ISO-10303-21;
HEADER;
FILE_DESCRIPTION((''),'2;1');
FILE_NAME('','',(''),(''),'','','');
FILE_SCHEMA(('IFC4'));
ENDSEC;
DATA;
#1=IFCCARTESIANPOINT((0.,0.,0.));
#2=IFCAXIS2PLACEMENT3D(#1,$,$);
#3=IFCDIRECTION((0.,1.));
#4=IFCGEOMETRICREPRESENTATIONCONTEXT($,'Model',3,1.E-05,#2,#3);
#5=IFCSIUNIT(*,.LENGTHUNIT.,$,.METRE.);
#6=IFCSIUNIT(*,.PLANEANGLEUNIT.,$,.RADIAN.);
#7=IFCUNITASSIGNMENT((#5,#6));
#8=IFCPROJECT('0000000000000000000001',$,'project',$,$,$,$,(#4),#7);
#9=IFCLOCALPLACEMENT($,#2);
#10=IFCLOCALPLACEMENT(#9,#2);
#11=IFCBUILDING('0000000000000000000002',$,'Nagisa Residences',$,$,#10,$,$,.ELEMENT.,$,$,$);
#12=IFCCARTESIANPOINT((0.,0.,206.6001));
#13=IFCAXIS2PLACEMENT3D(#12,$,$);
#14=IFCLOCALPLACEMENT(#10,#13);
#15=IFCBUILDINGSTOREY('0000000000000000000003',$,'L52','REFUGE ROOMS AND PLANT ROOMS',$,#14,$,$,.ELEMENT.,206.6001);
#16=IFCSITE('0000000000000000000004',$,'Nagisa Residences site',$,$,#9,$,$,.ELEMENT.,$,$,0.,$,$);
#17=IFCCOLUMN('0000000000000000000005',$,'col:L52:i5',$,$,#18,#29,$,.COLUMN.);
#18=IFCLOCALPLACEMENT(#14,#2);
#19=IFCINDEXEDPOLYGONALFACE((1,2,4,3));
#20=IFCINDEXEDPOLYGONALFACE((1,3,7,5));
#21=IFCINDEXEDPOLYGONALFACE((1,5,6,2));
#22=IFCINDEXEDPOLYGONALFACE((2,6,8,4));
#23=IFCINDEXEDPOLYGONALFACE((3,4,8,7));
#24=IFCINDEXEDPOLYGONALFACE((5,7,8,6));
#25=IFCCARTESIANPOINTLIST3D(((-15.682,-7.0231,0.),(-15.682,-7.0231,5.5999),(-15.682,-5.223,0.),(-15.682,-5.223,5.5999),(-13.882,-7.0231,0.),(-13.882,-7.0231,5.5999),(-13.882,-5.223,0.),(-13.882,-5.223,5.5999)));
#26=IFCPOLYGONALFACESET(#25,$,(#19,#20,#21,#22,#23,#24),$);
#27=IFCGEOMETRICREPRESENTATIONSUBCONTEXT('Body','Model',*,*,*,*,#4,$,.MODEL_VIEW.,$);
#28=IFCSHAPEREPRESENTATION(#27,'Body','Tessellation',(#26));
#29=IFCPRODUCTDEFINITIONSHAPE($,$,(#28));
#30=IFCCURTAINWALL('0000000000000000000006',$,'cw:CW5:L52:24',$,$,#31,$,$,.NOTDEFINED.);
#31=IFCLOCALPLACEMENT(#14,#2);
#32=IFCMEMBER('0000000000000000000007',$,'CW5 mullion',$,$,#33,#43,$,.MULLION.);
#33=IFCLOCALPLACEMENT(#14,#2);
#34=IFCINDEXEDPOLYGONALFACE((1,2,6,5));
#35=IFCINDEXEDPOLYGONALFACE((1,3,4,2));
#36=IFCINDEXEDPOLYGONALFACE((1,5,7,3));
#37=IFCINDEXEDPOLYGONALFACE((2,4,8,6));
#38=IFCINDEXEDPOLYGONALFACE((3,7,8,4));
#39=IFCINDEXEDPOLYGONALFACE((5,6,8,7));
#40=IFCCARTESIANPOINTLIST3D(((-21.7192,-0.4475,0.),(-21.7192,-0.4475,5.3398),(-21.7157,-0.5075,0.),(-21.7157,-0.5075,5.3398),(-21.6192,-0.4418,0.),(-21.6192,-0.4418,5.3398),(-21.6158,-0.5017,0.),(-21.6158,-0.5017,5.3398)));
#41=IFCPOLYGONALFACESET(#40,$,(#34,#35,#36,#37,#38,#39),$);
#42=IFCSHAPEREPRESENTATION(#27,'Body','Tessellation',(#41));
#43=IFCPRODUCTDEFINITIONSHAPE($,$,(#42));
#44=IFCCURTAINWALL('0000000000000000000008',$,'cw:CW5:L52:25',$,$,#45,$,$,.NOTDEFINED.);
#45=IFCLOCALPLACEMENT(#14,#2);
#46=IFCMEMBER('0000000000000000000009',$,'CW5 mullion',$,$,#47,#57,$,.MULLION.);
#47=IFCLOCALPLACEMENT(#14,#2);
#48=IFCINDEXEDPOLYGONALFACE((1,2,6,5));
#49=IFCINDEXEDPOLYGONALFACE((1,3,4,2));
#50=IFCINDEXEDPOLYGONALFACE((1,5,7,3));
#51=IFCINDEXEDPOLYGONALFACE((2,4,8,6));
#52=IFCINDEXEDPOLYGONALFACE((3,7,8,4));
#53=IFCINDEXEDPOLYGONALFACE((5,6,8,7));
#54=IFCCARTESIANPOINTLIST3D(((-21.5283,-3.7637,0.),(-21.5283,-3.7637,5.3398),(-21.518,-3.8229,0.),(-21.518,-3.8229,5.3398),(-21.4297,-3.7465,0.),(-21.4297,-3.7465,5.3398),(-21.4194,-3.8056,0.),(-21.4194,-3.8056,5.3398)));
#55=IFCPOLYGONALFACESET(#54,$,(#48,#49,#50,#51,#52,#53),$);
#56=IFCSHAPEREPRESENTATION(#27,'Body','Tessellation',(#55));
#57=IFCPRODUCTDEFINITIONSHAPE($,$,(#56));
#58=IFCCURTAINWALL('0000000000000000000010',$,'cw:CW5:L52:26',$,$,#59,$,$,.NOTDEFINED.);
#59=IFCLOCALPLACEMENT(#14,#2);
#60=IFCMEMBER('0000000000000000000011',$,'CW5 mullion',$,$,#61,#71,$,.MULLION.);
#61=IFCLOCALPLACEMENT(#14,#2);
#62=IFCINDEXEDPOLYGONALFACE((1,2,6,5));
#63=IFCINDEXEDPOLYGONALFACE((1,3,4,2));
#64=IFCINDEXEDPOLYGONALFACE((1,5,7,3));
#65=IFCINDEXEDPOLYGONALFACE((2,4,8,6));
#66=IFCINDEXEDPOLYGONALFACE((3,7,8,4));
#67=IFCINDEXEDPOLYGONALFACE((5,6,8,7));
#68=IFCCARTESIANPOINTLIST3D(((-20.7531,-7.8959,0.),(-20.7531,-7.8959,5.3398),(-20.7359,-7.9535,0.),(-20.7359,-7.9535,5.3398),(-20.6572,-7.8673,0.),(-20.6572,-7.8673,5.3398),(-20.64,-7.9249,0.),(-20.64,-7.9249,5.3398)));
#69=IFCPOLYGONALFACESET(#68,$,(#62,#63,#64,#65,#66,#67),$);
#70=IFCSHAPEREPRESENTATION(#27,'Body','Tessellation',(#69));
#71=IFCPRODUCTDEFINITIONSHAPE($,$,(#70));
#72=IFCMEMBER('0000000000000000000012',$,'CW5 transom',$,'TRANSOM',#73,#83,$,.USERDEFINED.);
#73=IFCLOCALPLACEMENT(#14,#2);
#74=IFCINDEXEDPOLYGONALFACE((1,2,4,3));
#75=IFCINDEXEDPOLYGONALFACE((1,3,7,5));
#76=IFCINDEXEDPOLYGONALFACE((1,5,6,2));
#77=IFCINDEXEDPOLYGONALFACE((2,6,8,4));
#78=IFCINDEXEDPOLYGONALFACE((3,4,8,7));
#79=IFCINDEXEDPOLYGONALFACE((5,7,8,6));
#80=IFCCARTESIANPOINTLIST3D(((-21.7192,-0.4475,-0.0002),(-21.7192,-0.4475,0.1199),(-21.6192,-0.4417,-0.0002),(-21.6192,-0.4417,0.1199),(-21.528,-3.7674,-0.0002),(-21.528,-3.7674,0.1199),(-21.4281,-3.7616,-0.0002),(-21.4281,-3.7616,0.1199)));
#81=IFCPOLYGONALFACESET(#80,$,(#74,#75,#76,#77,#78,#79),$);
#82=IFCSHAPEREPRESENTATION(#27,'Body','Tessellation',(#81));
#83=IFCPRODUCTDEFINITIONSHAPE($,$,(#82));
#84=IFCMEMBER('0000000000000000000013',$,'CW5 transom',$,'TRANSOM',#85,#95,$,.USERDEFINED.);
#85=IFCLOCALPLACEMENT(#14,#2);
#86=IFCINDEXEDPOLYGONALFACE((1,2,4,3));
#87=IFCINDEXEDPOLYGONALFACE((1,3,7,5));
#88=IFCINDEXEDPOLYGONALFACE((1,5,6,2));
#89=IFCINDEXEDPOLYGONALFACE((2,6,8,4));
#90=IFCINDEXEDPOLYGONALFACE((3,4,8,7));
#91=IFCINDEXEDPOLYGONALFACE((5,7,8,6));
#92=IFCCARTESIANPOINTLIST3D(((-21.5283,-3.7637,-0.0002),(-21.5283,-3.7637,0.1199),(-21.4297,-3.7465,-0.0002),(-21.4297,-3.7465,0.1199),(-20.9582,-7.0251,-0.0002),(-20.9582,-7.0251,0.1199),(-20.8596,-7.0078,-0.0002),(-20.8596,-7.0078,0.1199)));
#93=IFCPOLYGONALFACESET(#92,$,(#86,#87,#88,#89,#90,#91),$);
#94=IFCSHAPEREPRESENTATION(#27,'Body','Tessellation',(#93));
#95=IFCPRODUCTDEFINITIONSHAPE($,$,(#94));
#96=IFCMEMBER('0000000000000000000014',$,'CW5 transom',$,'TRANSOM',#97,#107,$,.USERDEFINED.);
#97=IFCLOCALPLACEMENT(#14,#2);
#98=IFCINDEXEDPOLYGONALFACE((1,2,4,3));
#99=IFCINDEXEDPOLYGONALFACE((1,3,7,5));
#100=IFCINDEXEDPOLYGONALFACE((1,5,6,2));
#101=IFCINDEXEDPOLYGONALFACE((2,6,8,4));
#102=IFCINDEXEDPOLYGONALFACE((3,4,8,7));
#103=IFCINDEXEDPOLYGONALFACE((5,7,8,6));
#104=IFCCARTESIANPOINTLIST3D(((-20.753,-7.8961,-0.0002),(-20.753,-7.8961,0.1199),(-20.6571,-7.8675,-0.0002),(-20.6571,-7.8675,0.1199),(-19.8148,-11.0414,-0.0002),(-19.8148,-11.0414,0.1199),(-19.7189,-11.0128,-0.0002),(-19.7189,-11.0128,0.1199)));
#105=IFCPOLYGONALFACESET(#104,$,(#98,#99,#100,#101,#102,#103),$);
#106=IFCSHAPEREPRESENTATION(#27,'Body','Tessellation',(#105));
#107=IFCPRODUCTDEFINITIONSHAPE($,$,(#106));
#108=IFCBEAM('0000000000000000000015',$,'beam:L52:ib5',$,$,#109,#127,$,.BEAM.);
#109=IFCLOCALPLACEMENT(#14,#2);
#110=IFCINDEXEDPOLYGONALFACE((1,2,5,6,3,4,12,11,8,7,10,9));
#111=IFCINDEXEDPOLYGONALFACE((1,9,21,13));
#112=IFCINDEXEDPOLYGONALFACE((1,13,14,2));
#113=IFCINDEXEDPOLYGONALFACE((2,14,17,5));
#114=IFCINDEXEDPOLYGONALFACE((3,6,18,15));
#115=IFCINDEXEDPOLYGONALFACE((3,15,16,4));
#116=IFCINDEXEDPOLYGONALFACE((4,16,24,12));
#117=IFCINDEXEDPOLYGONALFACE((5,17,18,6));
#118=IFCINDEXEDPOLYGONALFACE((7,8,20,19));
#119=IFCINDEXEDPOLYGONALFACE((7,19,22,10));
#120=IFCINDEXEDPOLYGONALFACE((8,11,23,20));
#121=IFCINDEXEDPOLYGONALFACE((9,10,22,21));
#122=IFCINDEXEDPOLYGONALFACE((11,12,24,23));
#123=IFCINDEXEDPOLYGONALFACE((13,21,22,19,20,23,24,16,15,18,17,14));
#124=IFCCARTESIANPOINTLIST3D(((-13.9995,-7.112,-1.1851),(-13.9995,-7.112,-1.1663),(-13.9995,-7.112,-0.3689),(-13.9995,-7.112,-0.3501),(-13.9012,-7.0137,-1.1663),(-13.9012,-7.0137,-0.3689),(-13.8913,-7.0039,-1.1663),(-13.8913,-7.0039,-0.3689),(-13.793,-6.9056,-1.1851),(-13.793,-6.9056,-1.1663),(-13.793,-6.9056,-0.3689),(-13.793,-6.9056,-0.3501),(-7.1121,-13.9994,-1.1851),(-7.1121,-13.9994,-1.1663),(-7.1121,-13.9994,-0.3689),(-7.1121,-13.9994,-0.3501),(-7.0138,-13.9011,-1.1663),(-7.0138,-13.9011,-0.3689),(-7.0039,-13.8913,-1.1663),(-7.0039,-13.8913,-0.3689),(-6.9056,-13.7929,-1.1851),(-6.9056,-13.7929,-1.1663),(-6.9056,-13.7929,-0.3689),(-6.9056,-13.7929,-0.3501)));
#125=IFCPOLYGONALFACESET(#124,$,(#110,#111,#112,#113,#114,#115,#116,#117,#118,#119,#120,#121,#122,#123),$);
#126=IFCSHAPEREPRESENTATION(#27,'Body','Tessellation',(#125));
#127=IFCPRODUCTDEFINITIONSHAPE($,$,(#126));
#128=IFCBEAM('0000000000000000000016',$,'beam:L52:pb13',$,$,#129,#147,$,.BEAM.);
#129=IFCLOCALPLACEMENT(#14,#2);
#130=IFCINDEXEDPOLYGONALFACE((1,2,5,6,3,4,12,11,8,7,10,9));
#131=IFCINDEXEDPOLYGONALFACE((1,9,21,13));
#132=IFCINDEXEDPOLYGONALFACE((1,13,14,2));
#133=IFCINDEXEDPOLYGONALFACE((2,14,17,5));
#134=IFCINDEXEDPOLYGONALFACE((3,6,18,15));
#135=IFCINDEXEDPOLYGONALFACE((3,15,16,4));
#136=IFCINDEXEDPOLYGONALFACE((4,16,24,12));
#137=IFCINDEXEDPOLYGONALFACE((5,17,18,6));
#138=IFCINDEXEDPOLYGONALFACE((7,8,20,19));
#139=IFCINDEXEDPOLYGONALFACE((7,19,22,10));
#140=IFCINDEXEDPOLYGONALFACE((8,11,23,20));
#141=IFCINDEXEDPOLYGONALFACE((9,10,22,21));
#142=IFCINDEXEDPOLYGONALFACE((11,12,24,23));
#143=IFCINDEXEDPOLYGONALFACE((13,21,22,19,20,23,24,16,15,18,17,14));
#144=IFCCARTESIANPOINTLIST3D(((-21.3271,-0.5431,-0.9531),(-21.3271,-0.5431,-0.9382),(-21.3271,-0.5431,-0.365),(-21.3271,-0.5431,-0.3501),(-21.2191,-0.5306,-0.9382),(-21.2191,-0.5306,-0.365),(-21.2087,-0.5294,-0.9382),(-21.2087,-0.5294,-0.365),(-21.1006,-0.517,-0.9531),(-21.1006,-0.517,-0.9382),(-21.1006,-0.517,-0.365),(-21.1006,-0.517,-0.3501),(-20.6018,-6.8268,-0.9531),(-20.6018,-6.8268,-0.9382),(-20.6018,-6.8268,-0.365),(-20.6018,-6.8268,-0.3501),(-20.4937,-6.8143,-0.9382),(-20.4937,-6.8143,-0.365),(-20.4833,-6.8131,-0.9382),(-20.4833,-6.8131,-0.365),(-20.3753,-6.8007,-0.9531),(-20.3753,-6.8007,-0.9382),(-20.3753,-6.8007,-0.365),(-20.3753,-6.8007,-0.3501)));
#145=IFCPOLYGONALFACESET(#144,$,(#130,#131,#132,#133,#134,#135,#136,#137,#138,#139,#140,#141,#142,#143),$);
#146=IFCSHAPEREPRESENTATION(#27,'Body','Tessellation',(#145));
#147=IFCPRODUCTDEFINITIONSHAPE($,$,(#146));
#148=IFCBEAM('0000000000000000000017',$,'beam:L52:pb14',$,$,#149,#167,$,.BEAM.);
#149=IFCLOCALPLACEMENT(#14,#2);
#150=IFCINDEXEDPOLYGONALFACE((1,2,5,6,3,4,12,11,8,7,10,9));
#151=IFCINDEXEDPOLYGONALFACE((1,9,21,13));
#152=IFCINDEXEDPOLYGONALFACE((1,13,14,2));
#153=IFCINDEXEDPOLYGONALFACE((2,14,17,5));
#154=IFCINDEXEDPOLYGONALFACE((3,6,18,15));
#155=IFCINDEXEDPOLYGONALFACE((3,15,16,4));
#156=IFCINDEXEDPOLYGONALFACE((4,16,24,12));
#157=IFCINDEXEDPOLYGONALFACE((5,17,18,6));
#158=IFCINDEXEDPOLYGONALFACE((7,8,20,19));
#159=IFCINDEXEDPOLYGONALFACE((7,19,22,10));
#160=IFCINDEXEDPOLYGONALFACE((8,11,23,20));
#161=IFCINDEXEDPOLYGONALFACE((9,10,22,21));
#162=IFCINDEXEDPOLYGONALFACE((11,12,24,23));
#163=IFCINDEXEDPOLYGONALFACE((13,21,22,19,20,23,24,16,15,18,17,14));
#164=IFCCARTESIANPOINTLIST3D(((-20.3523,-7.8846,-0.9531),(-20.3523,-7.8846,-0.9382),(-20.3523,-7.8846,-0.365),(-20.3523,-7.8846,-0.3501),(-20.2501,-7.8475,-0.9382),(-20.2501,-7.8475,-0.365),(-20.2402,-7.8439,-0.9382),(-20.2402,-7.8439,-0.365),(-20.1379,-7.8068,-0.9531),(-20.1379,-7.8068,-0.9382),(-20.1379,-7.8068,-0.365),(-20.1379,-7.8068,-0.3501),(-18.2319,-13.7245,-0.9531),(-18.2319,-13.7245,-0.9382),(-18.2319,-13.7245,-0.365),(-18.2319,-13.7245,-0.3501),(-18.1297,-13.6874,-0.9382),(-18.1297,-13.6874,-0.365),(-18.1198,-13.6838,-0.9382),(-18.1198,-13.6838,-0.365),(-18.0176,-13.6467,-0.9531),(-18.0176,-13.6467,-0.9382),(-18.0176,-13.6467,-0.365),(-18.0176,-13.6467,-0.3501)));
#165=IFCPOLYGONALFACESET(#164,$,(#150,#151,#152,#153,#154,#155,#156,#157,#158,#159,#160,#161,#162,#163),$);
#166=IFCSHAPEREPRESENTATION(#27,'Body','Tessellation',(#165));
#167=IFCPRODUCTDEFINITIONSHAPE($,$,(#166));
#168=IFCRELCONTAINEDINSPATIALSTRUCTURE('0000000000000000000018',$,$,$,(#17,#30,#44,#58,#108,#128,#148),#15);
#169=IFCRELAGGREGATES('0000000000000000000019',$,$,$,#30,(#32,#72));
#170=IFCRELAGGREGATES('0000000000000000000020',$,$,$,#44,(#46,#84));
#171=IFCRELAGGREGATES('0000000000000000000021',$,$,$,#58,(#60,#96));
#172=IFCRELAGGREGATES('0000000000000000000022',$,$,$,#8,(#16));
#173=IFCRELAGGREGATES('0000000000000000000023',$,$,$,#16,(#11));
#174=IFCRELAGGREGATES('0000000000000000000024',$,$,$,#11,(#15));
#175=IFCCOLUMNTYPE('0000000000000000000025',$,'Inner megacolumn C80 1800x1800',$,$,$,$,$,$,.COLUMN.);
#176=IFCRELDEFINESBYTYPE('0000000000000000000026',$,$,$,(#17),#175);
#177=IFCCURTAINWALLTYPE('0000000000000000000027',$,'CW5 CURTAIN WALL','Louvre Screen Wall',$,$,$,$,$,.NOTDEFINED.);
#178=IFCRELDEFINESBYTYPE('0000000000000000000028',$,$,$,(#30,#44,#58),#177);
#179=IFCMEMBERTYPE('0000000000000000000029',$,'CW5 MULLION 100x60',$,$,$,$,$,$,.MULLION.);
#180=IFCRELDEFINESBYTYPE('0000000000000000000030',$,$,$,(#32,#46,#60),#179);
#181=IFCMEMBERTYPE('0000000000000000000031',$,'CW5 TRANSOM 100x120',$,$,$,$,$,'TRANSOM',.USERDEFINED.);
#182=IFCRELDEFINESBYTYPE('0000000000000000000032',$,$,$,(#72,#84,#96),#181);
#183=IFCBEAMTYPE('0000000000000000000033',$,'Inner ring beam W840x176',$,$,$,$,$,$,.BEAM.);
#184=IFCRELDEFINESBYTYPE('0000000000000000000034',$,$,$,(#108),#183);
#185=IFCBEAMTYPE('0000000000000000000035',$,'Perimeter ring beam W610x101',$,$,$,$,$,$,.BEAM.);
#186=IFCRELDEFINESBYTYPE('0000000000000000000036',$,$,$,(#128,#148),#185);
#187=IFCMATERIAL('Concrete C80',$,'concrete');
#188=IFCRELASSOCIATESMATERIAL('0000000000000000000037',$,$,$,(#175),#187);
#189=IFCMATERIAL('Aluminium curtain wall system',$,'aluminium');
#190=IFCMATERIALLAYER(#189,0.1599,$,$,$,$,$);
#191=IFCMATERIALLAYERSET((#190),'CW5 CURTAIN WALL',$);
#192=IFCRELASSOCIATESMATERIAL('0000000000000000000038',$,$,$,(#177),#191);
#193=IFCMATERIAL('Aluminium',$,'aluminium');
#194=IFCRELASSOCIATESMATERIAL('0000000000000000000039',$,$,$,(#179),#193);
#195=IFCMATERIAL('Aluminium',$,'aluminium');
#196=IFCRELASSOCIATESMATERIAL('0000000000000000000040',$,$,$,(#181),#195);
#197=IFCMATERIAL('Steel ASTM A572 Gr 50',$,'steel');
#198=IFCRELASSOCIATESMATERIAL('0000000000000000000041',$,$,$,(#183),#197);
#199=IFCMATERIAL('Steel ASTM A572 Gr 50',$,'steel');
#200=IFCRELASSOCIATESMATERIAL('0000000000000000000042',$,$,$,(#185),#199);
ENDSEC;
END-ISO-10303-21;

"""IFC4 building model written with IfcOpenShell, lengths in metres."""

from ifc_helpers import new_model, si_unit, direction, frame, origin, origin_2d, place, context, subcontext, project, spatial, rectangle, i_section, extrude, material, layer, layer_set, material_profile, profile_set, type_object, element, aggregate, save


model = new_model("IFC4")

# Units and contexts
model_context = context("Model", 3, precision=1e-05, world=origin(), true_north=direction((0.0, 1.0)))
body_context = subcontext(model_context, "Body", "Model", "MODEL_VIEW")
ifc_project = project(units=[si_unit("LENGTHUNIT", "METRE"), si_unit("PLANEANGLEUNIT", "RADIAN")], contexts=[model_context])

# Site, building, storey
site_placement = place(None, origin())
site = spatial("IfcSite", under=ifc_project, at=site_placement, Name="Nagisa Residences site", CompositionType="ELEMENT", RefElevation=0.0)
building_placement = place(site_placement, origin())
building = spatial("IfcBuilding", under=site, at=building_placement, Name="Nagisa Residences", CompositionType="ELEMENT")
storey_placement = place(building_placement, frame((0.0, 0.0, 206.6001)))
storey = spatial("IfcBuildingStorey", under=building, at=storey_placement, Name="L52", Description="REFUGE ROOMS AND PLANT ROOMS", CompositionType="ELEMENT", Elevation=206.6001)

# Column
ifc_material_1 = material(Name="Concrete C80", Category="concrete")
ifc_material_profile_1 = material_profile(ifc_material_1, rectangle(XDim=1.8, YDim=1.8, at=origin_2d()), Name="C80 1800x1800")
ifc_profile_set_1 = profile_set([ifc_material_profile_1], Name="Concrete C80")
column_type = type_object("IfcColumnType", Name="Inner megacolumn C80 1800x1800", PredefinedType="COLUMN", material=ifc_profile_set_1)
column_placement = place(storey_placement, frame((-14.782, -6.123, 0.0), z_axis=(0.0, 0.0, 1.0), x_axis=(1.0, 0.0, 0.0)))
element("IfcColumn", 1, at=column_placement, inside=storey, type_object=column_type, Name="col:L52:i5", PredefinedType="COLUMN", context=body_context, shape_type="SweptSolid", body=[
    extrude(rectangle(XDim=1.8, YDim=1.8, at=origin_2d()), origin(), (0.0, 0.0, 1.0), 5.5999),
])

# Curtain walls, members
ifc_material_2 = material(Name="Aluminium curtain wall system", Category="aluminium")
ifc_layer_1 = layer(ifc_material_2, 0.1599)
ifc_layer_set_1 = layer_set([ifc_layer_1], Name="CW5 CURTAIN WALL")
curtain_wall_type = type_object("IfcCurtainWallType", Name="CW5 CURTAIN WALL", Description="Louvre Screen Wall", PredefinedType="NOTDEFINED", material=ifc_layer_set_1)
curtain_wall_1_placement = place(storey_placement, origin())
curtain_wall_1 = element("IfcCurtainWall", 2, at=curtain_wall_1_placement, inside=storey, type_object=curtain_wall_type, Name="cw:CW5:L52:24", PredefinedType="NOTDEFINED")
ifc_material_3 = material(Name="Aluminium", Category="aluminium")
ifc_material_profile_2 = material_profile(ifc_material_3, rectangle(XDim=0.1001, YDim=0.0601, at=origin_2d()), Name="CW5 MULLION 100x60")
ifc_profile_set_2 = profile_set([ifc_material_profile_2], Name="Aluminium")
member_type_1 = type_object("IfcMemberType", Name="CW5 MULLION 100x60", PredefinedType="MULLION", material=ifc_profile_set_2)
member_1_placement = place(storey_placement, frame((-21.6675, -0.4746, 0.0), z_axis=(0.0, 0.0, 1.0), x_axis=(0.998345, 0.057503, 0.0)))
member_1 = element("IfcMember", 3, at=member_1_placement, type_object=member_type_1, Name="CW5 mullion", PredefinedType="MULLION", context=body_context, shape_type="SweptSolid", body=[
    extrude(rectangle(XDim=0.1001, YDim=0.0601, at=origin_2d()), origin(), (0.0, 0.0, 1.0), 5.3398),
])
curtain_wall_2_placement = place(storey_placement, origin())
curtain_wall_2 = element("IfcCurtainWall", 4, at=curtain_wall_2_placement, inside=storey, type_object=curtain_wall_type, Name="cw:CW5:L52:25", PredefinedType="NOTDEFINED")
member_2_placement = place(storey_placement, frame((-21.4739, -3.7847, 0.0), z_axis=(0.0, 0.0, 1.0), x_axis=(0.985064, 0.172191, 0.0)))
member_2 = element("IfcMember", 5, at=member_2_placement, type_object=member_type_1, Name="CW5 mullion", PredefinedType="MULLION", context=body_context, shape_type="SweptSolid", body=[
    extrude(rectangle(XDim=0.1001, YDim=0.0601, at=origin_2d()), origin(), (0.0, 0.0, 1.0), 5.3398),
])
curtain_wall_3_placement = place(storey_placement, origin())
curtain_wall_3 = element("IfcCurtainWall", 6, at=curtain_wall_3_placement, inside=storey, type_object=curtain_wall_type, Name="cw:CW5:L52:26", PredefinedType="NOTDEFINED")
member_3_placement = place(storey_placement, frame((-20.6965, -7.9104, 0.0), z_axis=(0.0, 0.0, 1.0), x_axis=(0.958271, 0.28586, 0.0)))
member_3 = element("IfcMember", 7, at=member_3_placement, type_object=member_type_1, Name="CW5 mullion", PredefinedType="MULLION", context=body_context, shape_type="SweptSolid", body=[
    extrude(rectangle(XDim=0.1001, YDim=0.0601, at=origin_2d()), origin(), (0.0, 0.0, 1.0), 5.3398),
])

# Members
ifc_material_4 = material(Name="Aluminium", Category="aluminium")
ifc_material_profile_3 = material_profile(ifc_material_4, rectangle(XDim=0.1001, YDim=0.1201, at=origin_2d()), Name="CW5 TRANSOM 100x120")
ifc_profile_set_3 = profile_set([ifc_material_profile_3], Name="Aluminium")
member_type_2 = type_object("IfcMemberType", Name="CW5 TRANSOM 100x120", ElementType="TRANSOM", PredefinedType="USERDEFINED", material=ifc_profile_set_3)
member_4_placement = place(storey_placement, frame((-21.6692, -0.4446, 0.0598), z_axis=(0.057487, -0.998346, 0.0), x_axis=(0.998346, 0.057487, 0.0)))
member_4 = element("IfcMember", 8, at=member_4_placement, type_object=member_type_2, Name="CW5 transom", ObjectType="TRANSOM", PredefinedType="USERDEFINED", context=body_context, shape_type="SweptSolid", body=[
    extrude(rectangle(XDim=0.1001, YDim=0.1201, at=origin_2d()), origin(), (0.0, 0.0, 1.0), 3.3254),
])
member_5_placement = place(storey_placement, frame((-21.479, -3.7551, 0.0598), z_axis=(0.172191, -0.985064, 0.0), x_axis=(0.985064, 0.172191, 0.0)))
member_5 = element("IfcMember", 9, at=member_5_placement, type_object=member_type_2, Name="CW5 transom", ObjectType="TRANSOM", PredefinedType="USERDEFINED", context=body_context, shape_type="SweptSolid", body=[
    extrude(rectangle(XDim=0.1001, YDim=0.1201, at=origin_2d()), origin(), (0.0, 0.0, 1.0), 3.3108),
])
member_6_placement = place(storey_placement, frame((-20.7051, -7.8818, 0.0598), z_axis=(0.285853, -0.958273, 0.0), x_axis=(0.958273, 0.285853, 0.0)))
member_6 = element("IfcMember", 10, at=member_6_placement, type_object=member_type_2, Name="CW5 transom", ObjectType="TRANSOM", PredefinedType="USERDEFINED", context=body_context, shape_type="SweptSolid", body=[
    extrude(rectangle(XDim=0.1001, YDim=0.1201, at=origin_2d()), origin(), (0.0, 0.0, 1.0), 3.2822),
])

# Beams
ifc_material_5 = material(Name="Steel ASTM A572 Gr 50", Category="steel")
ifc_material_profile_4 = material_profile(ifc_material_5, i_section(OverallWidth=0.292, OverallDepth=0.835, WebThickness=0.0139, FlangeThickness=0.0188, at=origin_2d()), Name="W840x176")
ifc_profile_set_4 = profile_set([ifc_material_profile_4], Name="Steel ASTM A572 Gr 50")
beam_type_1 = type_object("IfcBeamType", Name="Inner ring beam W840x176", PredefinedType="BEAM", material=ifc_profile_set_4)
beam_1_placement = place(storey_placement, frame((-13.8962, -7.0088, -0.7676), z_axis=(0.707107, -0.707107, 0.0), x_axis=(0.707107, 0.707107, 0.0)))
element("IfcBeam", 11, at=beam_1_placement, inside=storey, type_object=beam_type_1, Name="beam:L52:ib5", PredefinedType="BEAM", context=body_context, shape_type="SweptSolid", body=[
    extrude(i_section(OverallWidth=0.292, OverallDepth=0.835, WebThickness=0.0139, FlangeThickness=0.0188, at=origin_2d()), origin(), (0.0, 0.0, 1.0), 9.7402),
])
ifc_material_6 = material(Name="Steel ASTM A572 Gr 50", Category="steel")
ifc_material_profile_5 = material_profile(ifc_material_6, i_section(OverallWidth=0.228, OverallDepth=0.603, WebThickness=0.0105, FlangeThickness=0.0149, at=origin_2d()), Name="W610x101")
ifc_profile_set_5 = profile_set([ifc_material_profile_5], Name="Steel ASTM A572 Gr 50")
beam_type_2 = type_object("IfcBeamType", Name="Perimeter ring beam W610x101", PredefinedType="BEAM", material=ifc_profile_set_5)
beam_2_placement = place(storey_placement, frame((-21.2139, -0.53, -0.6516), z_axis=(0.114671, -0.993404, 0.0), x_axis=(0.993404, 0.114671, 0.0)))
element("IfcBeam", 12, at=beam_2_placement, inside=storey, type_object=beam_type_2, Name="beam:L52:pb13", PredefinedType="BEAM", context=body_context, shape_type="SweptSolid", body=[
    extrude(i_section(OverallWidth=0.228, OverallDepth=0.603, WebThickness=0.0105, FlangeThickness=0.0149, at=origin_2d()), origin(), (0.0, 0.0, 1.0), 6.3254),
])
beam_3_placement = place(storey_placement, frame((-20.2451, -7.8457, -0.6516), z_axis=(0.341286, -0.93996, 0.0), x_axis=(0.93996, 0.341286, 0.0)))
element("IfcBeam", 13, at=beam_3_placement, inside=storey, type_object=beam_type_2, Name="beam:L52:pb14", PredefinedType="BEAM", context=body_context, shape_type="SweptSolid", body=[
    extrude(i_section(OverallWidth=0.228, OverallDepth=0.603, WebThickness=0.0105, FlangeThickness=0.0149, at=origin_2d()), origin(), (0.0, 0.0, 1.0), 6.2129),
])

aggregate(curtain_wall_1, [member_1, member_4])
aggregate(curtain_wall_2, [member_2, member_5])
aggregate(curtain_wall_3, [member_3, member_6])

save(model, "model.ifc")
